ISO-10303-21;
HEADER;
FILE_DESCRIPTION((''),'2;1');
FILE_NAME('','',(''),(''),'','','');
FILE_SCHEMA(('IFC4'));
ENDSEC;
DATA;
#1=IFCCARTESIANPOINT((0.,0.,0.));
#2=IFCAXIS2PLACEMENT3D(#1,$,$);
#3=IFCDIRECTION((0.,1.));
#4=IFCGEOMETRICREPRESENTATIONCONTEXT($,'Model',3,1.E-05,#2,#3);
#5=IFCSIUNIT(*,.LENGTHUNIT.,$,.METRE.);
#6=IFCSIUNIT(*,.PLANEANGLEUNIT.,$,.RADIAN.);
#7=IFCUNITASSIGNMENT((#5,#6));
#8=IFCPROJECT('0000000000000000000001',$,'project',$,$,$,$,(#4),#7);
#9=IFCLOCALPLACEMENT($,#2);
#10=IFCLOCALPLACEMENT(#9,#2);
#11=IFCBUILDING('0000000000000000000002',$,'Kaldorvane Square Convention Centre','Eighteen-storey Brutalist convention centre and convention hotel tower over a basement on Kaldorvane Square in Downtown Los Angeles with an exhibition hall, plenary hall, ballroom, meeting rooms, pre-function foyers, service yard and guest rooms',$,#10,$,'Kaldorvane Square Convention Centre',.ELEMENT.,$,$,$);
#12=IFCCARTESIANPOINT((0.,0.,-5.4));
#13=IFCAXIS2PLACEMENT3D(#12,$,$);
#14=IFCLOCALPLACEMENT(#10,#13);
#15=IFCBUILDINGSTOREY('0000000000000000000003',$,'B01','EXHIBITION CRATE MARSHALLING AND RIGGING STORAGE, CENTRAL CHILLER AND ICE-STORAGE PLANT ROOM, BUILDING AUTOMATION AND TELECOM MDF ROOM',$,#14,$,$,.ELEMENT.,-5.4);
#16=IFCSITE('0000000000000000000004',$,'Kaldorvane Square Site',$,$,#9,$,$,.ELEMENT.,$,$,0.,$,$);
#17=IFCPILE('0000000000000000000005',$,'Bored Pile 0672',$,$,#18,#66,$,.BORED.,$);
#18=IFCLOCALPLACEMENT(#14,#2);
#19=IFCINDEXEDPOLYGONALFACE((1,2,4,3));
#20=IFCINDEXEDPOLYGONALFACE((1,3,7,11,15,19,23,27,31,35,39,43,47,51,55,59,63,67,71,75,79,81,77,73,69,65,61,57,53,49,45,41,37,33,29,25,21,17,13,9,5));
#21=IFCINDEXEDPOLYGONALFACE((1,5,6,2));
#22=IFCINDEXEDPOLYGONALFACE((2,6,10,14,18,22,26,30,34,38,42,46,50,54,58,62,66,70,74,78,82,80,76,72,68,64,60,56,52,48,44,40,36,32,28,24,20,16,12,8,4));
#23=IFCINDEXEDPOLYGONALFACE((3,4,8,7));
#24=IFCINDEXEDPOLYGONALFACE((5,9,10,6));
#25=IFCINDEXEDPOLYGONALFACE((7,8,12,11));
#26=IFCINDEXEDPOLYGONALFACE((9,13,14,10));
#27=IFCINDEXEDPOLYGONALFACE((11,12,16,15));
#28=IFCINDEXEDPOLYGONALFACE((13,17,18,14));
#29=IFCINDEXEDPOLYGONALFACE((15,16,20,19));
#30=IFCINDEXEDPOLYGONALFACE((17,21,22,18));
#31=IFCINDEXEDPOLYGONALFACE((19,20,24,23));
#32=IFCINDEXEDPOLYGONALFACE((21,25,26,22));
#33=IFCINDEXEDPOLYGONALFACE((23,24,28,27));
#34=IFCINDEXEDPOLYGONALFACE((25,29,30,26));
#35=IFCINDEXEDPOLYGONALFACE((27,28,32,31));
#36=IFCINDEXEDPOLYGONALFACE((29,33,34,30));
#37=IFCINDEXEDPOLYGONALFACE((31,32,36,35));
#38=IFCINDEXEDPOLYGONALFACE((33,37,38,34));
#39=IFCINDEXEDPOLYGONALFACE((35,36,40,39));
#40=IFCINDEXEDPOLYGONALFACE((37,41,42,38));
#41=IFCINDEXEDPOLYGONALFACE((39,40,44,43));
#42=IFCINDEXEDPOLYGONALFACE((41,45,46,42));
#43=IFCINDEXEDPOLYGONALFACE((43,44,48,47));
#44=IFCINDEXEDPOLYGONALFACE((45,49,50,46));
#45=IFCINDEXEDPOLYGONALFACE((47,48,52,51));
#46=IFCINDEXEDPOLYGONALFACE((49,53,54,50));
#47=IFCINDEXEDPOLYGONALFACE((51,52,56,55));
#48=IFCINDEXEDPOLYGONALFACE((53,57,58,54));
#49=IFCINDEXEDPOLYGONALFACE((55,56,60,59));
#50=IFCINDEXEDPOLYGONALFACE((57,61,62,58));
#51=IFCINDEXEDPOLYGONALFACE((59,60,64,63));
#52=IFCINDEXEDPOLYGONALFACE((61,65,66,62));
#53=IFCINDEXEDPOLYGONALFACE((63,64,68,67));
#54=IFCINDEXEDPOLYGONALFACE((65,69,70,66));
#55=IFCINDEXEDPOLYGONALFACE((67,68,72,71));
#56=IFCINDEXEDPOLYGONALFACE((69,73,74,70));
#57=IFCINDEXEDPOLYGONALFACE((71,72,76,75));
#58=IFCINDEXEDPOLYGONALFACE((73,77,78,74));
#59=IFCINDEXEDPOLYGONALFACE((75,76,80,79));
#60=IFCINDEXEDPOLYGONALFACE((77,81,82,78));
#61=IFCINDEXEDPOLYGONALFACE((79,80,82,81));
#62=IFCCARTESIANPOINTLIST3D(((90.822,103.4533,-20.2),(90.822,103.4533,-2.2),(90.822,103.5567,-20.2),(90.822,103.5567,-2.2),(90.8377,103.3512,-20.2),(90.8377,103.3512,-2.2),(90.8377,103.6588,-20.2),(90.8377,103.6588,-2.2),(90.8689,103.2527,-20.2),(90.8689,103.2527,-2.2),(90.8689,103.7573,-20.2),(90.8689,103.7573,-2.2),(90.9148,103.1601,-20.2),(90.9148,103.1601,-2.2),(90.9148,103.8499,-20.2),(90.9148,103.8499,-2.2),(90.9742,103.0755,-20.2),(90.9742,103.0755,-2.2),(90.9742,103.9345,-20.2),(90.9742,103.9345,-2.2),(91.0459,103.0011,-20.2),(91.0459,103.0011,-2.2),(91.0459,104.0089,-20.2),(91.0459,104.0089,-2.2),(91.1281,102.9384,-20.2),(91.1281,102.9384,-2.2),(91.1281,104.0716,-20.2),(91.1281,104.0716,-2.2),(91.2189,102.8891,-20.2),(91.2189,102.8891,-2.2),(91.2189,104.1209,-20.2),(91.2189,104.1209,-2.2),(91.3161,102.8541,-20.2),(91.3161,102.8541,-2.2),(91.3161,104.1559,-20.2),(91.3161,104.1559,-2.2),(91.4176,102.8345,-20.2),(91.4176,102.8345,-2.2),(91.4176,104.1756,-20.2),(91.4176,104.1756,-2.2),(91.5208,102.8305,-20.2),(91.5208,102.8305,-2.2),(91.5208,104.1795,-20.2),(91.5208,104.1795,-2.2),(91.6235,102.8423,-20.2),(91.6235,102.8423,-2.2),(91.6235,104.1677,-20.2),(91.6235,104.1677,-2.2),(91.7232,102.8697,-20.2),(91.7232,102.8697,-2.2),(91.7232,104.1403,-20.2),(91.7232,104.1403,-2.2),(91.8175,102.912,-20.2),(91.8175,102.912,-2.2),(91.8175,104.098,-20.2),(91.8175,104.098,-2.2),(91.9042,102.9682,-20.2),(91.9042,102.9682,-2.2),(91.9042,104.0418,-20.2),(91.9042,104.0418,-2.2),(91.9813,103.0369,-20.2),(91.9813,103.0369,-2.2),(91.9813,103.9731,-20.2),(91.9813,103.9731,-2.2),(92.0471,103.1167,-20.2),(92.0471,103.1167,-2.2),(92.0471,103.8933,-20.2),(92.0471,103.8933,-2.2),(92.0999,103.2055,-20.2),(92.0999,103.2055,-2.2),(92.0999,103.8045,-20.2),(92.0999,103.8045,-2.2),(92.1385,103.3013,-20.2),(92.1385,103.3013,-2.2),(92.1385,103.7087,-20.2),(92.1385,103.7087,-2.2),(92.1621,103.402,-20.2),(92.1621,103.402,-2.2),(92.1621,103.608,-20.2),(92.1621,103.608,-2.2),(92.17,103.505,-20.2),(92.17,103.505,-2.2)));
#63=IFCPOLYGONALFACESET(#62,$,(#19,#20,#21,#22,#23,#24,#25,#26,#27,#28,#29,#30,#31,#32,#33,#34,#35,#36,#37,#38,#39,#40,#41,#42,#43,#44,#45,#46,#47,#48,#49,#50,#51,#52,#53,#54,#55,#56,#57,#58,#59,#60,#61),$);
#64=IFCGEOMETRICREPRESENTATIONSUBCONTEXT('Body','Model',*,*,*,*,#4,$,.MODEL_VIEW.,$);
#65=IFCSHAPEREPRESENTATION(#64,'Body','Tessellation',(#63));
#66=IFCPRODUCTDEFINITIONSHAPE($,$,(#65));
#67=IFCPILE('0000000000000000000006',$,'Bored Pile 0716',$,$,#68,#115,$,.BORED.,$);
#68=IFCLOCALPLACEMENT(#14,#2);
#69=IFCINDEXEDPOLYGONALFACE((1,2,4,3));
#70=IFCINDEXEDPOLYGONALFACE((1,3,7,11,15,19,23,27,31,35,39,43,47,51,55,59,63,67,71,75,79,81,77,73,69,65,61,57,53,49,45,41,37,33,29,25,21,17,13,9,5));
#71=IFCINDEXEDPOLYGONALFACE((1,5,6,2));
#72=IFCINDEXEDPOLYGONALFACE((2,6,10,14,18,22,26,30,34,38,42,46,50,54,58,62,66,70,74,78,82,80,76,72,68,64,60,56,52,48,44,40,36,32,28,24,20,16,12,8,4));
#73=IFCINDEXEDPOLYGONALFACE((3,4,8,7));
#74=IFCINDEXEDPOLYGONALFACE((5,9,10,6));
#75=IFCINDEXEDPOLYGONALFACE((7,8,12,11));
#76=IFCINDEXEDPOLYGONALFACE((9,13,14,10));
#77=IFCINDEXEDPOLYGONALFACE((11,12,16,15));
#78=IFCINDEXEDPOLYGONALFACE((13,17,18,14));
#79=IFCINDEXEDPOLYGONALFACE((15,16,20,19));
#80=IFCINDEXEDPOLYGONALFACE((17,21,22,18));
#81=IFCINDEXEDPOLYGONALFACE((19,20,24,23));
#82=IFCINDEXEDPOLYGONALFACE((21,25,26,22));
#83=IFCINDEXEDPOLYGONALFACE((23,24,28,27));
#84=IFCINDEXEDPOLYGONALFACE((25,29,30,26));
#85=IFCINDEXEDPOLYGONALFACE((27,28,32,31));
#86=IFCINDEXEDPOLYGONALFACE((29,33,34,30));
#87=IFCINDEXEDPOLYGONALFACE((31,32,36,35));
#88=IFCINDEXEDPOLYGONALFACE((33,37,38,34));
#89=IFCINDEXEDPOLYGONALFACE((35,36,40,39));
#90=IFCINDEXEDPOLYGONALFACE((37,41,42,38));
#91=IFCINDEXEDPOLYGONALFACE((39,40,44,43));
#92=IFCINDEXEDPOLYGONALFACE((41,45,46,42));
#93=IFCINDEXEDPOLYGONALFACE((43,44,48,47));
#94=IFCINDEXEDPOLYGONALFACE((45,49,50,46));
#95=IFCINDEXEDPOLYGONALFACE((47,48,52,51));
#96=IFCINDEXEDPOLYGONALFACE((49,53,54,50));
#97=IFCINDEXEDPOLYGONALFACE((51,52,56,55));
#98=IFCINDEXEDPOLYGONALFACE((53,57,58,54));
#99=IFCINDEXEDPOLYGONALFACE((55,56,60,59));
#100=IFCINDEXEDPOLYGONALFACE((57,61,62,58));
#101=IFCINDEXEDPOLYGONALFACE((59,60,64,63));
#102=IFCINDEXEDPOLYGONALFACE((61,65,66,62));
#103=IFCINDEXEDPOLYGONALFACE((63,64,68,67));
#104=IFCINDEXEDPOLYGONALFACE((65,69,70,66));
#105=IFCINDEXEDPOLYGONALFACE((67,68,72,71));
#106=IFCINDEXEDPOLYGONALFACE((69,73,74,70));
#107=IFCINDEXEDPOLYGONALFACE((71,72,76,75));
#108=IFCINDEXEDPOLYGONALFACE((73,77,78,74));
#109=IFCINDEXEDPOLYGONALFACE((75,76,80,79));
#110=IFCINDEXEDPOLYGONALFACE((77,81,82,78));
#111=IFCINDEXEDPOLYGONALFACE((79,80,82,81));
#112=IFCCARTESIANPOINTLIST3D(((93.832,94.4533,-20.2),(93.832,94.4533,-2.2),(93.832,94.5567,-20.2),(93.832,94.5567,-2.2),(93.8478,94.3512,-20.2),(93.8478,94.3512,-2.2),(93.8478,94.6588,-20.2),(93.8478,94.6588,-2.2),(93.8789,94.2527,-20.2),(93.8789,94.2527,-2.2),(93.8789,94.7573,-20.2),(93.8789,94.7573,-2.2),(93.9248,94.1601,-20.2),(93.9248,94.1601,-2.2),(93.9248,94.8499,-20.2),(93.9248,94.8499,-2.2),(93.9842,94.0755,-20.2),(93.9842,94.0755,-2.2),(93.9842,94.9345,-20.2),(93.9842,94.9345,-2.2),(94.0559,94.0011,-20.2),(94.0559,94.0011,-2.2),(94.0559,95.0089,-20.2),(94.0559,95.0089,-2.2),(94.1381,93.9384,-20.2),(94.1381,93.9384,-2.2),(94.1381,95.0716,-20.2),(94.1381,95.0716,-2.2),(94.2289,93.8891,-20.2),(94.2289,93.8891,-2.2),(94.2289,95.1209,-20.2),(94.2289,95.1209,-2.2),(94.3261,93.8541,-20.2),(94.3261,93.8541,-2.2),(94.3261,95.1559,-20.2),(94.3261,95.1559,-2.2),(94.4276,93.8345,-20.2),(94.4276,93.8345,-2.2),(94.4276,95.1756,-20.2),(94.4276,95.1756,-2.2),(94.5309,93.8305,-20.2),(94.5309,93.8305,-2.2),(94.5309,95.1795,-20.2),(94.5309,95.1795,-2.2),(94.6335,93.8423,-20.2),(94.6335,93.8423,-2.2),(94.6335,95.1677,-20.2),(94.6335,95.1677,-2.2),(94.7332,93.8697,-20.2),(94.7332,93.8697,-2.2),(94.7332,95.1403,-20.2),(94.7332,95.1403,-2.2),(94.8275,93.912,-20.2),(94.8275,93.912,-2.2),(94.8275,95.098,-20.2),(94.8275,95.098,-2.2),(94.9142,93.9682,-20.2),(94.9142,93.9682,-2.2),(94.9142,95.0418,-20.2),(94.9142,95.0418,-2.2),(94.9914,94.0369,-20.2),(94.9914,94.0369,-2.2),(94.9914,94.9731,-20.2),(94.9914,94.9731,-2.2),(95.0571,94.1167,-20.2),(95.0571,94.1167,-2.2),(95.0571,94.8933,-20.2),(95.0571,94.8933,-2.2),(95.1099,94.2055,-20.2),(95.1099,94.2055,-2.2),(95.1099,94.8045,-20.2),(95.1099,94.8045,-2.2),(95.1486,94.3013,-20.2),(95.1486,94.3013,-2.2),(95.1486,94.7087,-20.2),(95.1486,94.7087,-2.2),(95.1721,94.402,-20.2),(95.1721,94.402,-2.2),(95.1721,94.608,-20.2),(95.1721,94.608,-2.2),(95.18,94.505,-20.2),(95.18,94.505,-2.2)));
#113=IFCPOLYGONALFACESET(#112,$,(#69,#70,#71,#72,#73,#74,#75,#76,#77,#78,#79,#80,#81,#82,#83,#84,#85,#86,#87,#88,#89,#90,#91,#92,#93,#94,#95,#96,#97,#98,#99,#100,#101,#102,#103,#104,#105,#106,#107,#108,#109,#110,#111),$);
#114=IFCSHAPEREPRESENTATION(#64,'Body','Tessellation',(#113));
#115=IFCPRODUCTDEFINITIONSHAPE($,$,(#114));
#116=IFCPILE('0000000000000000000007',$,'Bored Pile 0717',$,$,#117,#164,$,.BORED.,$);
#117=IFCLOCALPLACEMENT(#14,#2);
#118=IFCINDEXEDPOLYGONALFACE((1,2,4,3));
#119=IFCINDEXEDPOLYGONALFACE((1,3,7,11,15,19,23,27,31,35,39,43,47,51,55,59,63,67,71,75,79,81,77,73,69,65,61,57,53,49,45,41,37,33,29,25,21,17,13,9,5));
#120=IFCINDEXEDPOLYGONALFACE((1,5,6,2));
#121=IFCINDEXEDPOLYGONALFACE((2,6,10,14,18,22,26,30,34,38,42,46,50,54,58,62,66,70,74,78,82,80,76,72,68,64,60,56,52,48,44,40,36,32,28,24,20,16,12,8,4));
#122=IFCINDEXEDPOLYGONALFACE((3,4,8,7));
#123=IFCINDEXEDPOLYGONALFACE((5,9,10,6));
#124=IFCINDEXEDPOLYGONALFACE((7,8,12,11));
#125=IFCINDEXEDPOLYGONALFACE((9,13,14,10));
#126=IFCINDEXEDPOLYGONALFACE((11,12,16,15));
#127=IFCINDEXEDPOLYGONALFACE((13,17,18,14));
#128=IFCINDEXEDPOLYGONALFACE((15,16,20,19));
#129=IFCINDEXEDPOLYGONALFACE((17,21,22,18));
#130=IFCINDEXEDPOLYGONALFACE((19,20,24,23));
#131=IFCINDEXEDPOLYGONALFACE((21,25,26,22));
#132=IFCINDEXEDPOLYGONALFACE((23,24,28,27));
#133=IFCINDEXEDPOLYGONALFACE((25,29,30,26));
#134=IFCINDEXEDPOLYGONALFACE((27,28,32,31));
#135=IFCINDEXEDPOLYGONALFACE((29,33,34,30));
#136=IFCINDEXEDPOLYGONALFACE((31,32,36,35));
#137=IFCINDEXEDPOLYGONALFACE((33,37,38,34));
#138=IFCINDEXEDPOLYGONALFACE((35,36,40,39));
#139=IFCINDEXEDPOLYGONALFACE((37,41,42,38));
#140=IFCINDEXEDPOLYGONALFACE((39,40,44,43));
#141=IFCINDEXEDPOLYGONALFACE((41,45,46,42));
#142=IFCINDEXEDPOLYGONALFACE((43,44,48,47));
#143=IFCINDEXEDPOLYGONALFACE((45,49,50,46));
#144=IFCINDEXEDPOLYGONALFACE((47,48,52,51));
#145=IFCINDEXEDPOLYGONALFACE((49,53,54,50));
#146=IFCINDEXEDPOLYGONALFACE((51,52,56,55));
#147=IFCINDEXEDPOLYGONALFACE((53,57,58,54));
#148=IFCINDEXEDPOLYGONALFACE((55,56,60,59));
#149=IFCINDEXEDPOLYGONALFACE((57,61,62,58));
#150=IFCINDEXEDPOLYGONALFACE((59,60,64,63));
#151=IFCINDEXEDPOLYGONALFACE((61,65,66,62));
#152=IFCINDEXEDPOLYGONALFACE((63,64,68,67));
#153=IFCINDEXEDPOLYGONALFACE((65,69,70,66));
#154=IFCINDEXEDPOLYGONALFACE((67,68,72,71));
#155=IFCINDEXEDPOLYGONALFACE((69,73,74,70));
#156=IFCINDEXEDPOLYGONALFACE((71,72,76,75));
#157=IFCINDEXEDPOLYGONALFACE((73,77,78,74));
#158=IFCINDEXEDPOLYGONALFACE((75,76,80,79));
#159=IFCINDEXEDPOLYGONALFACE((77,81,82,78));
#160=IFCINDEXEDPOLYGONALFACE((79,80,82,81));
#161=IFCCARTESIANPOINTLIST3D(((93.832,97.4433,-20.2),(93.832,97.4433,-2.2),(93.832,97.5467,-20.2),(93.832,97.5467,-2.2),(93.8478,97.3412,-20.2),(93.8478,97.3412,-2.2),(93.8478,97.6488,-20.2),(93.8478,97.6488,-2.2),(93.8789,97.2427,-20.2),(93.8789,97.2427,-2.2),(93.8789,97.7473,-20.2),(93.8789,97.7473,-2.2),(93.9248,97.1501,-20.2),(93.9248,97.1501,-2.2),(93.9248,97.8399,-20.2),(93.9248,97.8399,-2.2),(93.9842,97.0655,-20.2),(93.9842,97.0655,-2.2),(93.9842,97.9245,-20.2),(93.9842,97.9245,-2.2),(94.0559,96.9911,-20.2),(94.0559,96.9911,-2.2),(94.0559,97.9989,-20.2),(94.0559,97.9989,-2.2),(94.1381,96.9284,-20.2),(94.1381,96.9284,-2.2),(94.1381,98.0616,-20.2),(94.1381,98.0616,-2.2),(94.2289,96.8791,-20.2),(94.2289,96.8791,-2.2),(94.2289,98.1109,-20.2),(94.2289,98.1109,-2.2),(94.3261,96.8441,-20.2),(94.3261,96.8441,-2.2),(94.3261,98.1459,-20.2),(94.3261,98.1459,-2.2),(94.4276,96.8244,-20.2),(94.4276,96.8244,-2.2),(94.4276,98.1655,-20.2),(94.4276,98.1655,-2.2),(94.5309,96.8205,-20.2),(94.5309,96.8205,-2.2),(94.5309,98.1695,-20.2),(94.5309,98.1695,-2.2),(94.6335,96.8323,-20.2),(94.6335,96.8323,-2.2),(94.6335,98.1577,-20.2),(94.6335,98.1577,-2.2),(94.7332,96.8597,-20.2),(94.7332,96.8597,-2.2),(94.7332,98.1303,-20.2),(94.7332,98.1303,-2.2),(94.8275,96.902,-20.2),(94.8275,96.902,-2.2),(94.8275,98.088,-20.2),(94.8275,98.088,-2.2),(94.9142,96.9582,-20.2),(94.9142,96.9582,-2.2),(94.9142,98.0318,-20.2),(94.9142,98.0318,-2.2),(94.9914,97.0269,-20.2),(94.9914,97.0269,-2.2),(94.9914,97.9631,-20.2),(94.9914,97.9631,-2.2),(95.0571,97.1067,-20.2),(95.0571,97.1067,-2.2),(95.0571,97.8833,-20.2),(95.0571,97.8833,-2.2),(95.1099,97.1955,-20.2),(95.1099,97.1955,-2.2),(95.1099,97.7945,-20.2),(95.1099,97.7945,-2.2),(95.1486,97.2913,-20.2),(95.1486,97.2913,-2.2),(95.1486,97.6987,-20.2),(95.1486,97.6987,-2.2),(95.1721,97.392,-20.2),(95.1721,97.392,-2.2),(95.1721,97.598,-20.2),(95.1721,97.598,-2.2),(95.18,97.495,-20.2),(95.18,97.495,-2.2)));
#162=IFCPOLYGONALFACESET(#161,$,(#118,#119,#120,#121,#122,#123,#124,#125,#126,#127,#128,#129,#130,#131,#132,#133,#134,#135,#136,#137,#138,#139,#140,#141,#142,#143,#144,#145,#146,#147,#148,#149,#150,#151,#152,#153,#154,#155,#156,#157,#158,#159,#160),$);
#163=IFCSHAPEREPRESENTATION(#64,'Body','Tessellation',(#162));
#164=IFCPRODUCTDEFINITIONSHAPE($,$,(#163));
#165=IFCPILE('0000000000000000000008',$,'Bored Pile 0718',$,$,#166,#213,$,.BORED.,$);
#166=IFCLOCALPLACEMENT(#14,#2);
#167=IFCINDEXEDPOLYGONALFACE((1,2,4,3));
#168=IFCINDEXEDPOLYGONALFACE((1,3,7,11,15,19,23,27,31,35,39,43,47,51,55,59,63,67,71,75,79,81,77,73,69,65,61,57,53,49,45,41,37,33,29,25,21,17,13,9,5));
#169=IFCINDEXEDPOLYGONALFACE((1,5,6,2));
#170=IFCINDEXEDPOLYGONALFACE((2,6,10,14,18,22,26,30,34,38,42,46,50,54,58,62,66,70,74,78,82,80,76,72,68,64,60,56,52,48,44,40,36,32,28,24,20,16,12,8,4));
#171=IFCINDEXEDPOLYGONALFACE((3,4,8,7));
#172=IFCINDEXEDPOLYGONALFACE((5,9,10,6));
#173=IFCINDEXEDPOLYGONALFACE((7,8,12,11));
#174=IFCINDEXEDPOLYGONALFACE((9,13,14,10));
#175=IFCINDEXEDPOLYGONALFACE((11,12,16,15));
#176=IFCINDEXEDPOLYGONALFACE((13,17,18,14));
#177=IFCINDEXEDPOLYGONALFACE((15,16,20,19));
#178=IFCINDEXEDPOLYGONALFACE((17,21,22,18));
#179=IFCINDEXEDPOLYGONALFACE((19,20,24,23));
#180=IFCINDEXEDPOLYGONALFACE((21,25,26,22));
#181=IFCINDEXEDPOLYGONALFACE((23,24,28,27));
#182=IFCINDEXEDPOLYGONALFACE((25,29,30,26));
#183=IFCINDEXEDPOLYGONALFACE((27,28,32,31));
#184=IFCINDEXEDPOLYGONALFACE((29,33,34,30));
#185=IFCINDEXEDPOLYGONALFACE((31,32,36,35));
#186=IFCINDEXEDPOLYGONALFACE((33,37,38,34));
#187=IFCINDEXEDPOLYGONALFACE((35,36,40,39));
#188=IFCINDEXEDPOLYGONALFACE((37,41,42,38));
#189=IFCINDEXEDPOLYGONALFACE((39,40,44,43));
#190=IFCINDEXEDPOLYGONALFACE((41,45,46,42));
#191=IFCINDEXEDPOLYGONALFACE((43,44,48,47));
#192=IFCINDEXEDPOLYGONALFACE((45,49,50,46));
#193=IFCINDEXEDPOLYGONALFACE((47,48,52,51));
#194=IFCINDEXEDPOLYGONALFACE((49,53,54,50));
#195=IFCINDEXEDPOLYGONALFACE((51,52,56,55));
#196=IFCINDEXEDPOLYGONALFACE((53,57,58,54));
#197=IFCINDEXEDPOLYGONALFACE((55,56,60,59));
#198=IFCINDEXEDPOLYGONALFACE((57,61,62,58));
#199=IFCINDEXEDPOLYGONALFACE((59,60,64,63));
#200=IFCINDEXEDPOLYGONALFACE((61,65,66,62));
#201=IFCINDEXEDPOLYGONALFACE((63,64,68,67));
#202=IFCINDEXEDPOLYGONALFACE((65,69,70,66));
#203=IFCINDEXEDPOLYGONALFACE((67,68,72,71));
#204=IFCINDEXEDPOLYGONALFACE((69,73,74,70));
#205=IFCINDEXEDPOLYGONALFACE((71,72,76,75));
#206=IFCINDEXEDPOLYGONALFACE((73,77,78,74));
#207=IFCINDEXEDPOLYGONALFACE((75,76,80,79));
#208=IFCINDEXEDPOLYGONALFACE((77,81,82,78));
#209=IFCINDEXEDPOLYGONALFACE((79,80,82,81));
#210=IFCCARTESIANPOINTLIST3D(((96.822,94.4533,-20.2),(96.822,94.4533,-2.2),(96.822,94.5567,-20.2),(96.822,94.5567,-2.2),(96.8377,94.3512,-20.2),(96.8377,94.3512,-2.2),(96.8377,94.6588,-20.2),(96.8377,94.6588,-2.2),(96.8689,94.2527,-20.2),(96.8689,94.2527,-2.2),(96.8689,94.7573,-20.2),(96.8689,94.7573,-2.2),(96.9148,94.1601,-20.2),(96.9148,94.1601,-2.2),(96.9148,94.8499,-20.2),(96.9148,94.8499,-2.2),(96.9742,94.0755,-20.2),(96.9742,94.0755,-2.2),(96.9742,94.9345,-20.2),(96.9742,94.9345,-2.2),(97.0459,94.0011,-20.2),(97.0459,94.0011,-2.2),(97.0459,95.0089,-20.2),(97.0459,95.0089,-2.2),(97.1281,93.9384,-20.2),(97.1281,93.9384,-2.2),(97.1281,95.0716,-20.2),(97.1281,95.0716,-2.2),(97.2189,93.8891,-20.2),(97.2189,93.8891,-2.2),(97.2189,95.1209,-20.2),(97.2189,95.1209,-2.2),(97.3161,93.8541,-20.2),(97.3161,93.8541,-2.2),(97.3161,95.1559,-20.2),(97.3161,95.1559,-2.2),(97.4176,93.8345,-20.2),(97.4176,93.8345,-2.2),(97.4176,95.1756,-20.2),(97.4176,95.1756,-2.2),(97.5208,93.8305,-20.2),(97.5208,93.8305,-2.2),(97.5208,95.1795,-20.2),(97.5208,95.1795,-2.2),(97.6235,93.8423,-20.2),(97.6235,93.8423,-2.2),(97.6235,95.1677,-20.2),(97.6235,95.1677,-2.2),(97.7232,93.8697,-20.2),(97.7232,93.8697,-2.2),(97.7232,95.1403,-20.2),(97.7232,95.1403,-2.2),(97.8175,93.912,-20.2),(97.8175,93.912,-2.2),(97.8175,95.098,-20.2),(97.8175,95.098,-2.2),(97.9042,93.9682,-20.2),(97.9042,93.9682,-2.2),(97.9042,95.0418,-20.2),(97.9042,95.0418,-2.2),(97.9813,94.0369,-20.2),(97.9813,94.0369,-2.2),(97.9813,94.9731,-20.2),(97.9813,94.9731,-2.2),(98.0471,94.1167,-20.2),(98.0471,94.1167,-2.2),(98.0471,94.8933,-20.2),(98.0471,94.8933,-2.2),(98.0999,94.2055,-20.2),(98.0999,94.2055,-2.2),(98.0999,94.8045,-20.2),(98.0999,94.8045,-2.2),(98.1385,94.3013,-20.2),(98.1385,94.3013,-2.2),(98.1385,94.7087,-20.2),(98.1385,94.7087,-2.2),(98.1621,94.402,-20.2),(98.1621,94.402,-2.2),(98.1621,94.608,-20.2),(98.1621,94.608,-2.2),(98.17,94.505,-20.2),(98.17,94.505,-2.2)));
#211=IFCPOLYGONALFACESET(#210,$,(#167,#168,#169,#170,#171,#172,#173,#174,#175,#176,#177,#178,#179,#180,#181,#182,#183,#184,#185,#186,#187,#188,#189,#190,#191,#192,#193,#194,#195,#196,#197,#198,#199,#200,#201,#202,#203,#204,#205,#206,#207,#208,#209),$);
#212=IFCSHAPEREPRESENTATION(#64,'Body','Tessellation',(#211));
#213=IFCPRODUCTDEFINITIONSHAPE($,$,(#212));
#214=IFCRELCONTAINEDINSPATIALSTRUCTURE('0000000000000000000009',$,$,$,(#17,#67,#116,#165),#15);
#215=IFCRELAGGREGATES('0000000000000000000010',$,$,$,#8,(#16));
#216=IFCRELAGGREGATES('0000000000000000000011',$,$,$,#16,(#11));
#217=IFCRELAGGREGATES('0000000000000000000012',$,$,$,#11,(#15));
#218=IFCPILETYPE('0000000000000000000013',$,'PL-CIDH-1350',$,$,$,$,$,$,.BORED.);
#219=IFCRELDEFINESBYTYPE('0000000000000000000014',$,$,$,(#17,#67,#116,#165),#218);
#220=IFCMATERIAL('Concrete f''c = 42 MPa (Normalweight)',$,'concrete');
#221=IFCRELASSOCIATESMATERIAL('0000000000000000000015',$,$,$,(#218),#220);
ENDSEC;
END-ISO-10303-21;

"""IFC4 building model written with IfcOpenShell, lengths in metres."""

from ifc_helpers import new_model, si_unit, direction, frame, origin, origin_2d, place, context, subcontext, project, spatial, circle, extrude, material, material_profile, profile_set, type_object, element, save


model = new_model("IFC4")

# Units and contexts
model_context = context("Model", 3, precision=1e-05, world=origin(), true_north=direction((0.0, 1.0)))
body_context = subcontext(model_context, "Body", "Model", "MODEL_VIEW")
ifc_project = project(units=[si_unit("LENGTHUNIT", "METRE"), si_unit("PLANEANGLEUNIT", "RADIAN")], contexts=[model_context])

# Site, building, storey
site_placement = place(None, origin())
site = spatial("IfcSite", under=ifc_project, at=site_placement, Name="Kaldorvane Square Site", CompositionType="ELEMENT", RefElevation=0.0)
building_placement = place(site_placement, origin())
building = spatial("IfcBuilding", under=site, at=building_placement, Name="Kaldorvane Square Convention Centre", Description="Eighteen-storey Brutalist convention centre and convention hotel tower over a basement on Kaldorvane Square in Downtown Los Angeles with an exhibition hall, plenary hall, ballroom, meeting rooms, pre-function foyers, service yard and guest rooms", LongName="Kaldorvane Square Convention Centre", CompositionType="ELEMENT")
storey_placement = place(building_placement, frame((0.0, 0.0, -5.4)))
storey = spatial("IfcBuildingStorey", under=building, at=storey_placement, Name="B01", Description="EXHIBITION CRATE MARSHALLING AND RIGGING STORAGE, CENTRAL CHILLER AND ICE-STORAGE PLANT ROOM, BUILDING AUTOMATION AND TELECOM MDF ROOM", CompositionType="ELEMENT", Elevation=-5.4)

# Shared definitions
ifc_material_1 = material(Name="Concrete f'c = 42 MPa (Normalweight)", Category="concrete")

# Piles
ifc_material_profile_1 = material_profile(ifc_material_1, circle(Radius=0.675, at=origin_2d()), Name="PILE-D1350")
ifc_profile_set_1 = profile_set([ifc_material_profile_1], Name="Concrete f'c = 42 MPa (Normalweight)")
pile_type_1 = type_object("IfcPileType", Name="PL-CIDH-1350", PredefinedType="BORED", material=ifc_profile_set_1)
for number, where, z_axis, x_axis, name in (
    (1, (91.495, 103.505, -2.2), (0.0, 0.0, -1.0), (1.0, 0.0, 0.0), "Bored Pile 0672"),
    (2, (94.505, 94.505, -2.2), (0.0, 0.0, -1.0), (1.0, 0.0, 0.0), "Bored Pile 0716"),
    (3, (94.505, 97.495, -2.2), (0.0, 0.0, -1.0), (1.0, 0.0, 0.0), "Bored Pile 0717"),
    (4, (97.495, 94.505, -2.2), (0.0, 0.0, -1.0), (1.0, 0.0, 0.0), "Bored Pile 0718"),
):
    element("IfcPile", number, at=place(storey_placement, frame(where, z_axis=z_axis, x_axis=x_axis)), inside=storey, type_object=pile_type_1, Name=name, PredefinedType="BORED", context=body_context, shape_type="SweptSolid", body=[
        extrude(circle(Radius=0.675, at=origin_2d()), origin(), (0.0, 0.0, 1.0), 18.0),
    ])

save(model, "model.ifc")
